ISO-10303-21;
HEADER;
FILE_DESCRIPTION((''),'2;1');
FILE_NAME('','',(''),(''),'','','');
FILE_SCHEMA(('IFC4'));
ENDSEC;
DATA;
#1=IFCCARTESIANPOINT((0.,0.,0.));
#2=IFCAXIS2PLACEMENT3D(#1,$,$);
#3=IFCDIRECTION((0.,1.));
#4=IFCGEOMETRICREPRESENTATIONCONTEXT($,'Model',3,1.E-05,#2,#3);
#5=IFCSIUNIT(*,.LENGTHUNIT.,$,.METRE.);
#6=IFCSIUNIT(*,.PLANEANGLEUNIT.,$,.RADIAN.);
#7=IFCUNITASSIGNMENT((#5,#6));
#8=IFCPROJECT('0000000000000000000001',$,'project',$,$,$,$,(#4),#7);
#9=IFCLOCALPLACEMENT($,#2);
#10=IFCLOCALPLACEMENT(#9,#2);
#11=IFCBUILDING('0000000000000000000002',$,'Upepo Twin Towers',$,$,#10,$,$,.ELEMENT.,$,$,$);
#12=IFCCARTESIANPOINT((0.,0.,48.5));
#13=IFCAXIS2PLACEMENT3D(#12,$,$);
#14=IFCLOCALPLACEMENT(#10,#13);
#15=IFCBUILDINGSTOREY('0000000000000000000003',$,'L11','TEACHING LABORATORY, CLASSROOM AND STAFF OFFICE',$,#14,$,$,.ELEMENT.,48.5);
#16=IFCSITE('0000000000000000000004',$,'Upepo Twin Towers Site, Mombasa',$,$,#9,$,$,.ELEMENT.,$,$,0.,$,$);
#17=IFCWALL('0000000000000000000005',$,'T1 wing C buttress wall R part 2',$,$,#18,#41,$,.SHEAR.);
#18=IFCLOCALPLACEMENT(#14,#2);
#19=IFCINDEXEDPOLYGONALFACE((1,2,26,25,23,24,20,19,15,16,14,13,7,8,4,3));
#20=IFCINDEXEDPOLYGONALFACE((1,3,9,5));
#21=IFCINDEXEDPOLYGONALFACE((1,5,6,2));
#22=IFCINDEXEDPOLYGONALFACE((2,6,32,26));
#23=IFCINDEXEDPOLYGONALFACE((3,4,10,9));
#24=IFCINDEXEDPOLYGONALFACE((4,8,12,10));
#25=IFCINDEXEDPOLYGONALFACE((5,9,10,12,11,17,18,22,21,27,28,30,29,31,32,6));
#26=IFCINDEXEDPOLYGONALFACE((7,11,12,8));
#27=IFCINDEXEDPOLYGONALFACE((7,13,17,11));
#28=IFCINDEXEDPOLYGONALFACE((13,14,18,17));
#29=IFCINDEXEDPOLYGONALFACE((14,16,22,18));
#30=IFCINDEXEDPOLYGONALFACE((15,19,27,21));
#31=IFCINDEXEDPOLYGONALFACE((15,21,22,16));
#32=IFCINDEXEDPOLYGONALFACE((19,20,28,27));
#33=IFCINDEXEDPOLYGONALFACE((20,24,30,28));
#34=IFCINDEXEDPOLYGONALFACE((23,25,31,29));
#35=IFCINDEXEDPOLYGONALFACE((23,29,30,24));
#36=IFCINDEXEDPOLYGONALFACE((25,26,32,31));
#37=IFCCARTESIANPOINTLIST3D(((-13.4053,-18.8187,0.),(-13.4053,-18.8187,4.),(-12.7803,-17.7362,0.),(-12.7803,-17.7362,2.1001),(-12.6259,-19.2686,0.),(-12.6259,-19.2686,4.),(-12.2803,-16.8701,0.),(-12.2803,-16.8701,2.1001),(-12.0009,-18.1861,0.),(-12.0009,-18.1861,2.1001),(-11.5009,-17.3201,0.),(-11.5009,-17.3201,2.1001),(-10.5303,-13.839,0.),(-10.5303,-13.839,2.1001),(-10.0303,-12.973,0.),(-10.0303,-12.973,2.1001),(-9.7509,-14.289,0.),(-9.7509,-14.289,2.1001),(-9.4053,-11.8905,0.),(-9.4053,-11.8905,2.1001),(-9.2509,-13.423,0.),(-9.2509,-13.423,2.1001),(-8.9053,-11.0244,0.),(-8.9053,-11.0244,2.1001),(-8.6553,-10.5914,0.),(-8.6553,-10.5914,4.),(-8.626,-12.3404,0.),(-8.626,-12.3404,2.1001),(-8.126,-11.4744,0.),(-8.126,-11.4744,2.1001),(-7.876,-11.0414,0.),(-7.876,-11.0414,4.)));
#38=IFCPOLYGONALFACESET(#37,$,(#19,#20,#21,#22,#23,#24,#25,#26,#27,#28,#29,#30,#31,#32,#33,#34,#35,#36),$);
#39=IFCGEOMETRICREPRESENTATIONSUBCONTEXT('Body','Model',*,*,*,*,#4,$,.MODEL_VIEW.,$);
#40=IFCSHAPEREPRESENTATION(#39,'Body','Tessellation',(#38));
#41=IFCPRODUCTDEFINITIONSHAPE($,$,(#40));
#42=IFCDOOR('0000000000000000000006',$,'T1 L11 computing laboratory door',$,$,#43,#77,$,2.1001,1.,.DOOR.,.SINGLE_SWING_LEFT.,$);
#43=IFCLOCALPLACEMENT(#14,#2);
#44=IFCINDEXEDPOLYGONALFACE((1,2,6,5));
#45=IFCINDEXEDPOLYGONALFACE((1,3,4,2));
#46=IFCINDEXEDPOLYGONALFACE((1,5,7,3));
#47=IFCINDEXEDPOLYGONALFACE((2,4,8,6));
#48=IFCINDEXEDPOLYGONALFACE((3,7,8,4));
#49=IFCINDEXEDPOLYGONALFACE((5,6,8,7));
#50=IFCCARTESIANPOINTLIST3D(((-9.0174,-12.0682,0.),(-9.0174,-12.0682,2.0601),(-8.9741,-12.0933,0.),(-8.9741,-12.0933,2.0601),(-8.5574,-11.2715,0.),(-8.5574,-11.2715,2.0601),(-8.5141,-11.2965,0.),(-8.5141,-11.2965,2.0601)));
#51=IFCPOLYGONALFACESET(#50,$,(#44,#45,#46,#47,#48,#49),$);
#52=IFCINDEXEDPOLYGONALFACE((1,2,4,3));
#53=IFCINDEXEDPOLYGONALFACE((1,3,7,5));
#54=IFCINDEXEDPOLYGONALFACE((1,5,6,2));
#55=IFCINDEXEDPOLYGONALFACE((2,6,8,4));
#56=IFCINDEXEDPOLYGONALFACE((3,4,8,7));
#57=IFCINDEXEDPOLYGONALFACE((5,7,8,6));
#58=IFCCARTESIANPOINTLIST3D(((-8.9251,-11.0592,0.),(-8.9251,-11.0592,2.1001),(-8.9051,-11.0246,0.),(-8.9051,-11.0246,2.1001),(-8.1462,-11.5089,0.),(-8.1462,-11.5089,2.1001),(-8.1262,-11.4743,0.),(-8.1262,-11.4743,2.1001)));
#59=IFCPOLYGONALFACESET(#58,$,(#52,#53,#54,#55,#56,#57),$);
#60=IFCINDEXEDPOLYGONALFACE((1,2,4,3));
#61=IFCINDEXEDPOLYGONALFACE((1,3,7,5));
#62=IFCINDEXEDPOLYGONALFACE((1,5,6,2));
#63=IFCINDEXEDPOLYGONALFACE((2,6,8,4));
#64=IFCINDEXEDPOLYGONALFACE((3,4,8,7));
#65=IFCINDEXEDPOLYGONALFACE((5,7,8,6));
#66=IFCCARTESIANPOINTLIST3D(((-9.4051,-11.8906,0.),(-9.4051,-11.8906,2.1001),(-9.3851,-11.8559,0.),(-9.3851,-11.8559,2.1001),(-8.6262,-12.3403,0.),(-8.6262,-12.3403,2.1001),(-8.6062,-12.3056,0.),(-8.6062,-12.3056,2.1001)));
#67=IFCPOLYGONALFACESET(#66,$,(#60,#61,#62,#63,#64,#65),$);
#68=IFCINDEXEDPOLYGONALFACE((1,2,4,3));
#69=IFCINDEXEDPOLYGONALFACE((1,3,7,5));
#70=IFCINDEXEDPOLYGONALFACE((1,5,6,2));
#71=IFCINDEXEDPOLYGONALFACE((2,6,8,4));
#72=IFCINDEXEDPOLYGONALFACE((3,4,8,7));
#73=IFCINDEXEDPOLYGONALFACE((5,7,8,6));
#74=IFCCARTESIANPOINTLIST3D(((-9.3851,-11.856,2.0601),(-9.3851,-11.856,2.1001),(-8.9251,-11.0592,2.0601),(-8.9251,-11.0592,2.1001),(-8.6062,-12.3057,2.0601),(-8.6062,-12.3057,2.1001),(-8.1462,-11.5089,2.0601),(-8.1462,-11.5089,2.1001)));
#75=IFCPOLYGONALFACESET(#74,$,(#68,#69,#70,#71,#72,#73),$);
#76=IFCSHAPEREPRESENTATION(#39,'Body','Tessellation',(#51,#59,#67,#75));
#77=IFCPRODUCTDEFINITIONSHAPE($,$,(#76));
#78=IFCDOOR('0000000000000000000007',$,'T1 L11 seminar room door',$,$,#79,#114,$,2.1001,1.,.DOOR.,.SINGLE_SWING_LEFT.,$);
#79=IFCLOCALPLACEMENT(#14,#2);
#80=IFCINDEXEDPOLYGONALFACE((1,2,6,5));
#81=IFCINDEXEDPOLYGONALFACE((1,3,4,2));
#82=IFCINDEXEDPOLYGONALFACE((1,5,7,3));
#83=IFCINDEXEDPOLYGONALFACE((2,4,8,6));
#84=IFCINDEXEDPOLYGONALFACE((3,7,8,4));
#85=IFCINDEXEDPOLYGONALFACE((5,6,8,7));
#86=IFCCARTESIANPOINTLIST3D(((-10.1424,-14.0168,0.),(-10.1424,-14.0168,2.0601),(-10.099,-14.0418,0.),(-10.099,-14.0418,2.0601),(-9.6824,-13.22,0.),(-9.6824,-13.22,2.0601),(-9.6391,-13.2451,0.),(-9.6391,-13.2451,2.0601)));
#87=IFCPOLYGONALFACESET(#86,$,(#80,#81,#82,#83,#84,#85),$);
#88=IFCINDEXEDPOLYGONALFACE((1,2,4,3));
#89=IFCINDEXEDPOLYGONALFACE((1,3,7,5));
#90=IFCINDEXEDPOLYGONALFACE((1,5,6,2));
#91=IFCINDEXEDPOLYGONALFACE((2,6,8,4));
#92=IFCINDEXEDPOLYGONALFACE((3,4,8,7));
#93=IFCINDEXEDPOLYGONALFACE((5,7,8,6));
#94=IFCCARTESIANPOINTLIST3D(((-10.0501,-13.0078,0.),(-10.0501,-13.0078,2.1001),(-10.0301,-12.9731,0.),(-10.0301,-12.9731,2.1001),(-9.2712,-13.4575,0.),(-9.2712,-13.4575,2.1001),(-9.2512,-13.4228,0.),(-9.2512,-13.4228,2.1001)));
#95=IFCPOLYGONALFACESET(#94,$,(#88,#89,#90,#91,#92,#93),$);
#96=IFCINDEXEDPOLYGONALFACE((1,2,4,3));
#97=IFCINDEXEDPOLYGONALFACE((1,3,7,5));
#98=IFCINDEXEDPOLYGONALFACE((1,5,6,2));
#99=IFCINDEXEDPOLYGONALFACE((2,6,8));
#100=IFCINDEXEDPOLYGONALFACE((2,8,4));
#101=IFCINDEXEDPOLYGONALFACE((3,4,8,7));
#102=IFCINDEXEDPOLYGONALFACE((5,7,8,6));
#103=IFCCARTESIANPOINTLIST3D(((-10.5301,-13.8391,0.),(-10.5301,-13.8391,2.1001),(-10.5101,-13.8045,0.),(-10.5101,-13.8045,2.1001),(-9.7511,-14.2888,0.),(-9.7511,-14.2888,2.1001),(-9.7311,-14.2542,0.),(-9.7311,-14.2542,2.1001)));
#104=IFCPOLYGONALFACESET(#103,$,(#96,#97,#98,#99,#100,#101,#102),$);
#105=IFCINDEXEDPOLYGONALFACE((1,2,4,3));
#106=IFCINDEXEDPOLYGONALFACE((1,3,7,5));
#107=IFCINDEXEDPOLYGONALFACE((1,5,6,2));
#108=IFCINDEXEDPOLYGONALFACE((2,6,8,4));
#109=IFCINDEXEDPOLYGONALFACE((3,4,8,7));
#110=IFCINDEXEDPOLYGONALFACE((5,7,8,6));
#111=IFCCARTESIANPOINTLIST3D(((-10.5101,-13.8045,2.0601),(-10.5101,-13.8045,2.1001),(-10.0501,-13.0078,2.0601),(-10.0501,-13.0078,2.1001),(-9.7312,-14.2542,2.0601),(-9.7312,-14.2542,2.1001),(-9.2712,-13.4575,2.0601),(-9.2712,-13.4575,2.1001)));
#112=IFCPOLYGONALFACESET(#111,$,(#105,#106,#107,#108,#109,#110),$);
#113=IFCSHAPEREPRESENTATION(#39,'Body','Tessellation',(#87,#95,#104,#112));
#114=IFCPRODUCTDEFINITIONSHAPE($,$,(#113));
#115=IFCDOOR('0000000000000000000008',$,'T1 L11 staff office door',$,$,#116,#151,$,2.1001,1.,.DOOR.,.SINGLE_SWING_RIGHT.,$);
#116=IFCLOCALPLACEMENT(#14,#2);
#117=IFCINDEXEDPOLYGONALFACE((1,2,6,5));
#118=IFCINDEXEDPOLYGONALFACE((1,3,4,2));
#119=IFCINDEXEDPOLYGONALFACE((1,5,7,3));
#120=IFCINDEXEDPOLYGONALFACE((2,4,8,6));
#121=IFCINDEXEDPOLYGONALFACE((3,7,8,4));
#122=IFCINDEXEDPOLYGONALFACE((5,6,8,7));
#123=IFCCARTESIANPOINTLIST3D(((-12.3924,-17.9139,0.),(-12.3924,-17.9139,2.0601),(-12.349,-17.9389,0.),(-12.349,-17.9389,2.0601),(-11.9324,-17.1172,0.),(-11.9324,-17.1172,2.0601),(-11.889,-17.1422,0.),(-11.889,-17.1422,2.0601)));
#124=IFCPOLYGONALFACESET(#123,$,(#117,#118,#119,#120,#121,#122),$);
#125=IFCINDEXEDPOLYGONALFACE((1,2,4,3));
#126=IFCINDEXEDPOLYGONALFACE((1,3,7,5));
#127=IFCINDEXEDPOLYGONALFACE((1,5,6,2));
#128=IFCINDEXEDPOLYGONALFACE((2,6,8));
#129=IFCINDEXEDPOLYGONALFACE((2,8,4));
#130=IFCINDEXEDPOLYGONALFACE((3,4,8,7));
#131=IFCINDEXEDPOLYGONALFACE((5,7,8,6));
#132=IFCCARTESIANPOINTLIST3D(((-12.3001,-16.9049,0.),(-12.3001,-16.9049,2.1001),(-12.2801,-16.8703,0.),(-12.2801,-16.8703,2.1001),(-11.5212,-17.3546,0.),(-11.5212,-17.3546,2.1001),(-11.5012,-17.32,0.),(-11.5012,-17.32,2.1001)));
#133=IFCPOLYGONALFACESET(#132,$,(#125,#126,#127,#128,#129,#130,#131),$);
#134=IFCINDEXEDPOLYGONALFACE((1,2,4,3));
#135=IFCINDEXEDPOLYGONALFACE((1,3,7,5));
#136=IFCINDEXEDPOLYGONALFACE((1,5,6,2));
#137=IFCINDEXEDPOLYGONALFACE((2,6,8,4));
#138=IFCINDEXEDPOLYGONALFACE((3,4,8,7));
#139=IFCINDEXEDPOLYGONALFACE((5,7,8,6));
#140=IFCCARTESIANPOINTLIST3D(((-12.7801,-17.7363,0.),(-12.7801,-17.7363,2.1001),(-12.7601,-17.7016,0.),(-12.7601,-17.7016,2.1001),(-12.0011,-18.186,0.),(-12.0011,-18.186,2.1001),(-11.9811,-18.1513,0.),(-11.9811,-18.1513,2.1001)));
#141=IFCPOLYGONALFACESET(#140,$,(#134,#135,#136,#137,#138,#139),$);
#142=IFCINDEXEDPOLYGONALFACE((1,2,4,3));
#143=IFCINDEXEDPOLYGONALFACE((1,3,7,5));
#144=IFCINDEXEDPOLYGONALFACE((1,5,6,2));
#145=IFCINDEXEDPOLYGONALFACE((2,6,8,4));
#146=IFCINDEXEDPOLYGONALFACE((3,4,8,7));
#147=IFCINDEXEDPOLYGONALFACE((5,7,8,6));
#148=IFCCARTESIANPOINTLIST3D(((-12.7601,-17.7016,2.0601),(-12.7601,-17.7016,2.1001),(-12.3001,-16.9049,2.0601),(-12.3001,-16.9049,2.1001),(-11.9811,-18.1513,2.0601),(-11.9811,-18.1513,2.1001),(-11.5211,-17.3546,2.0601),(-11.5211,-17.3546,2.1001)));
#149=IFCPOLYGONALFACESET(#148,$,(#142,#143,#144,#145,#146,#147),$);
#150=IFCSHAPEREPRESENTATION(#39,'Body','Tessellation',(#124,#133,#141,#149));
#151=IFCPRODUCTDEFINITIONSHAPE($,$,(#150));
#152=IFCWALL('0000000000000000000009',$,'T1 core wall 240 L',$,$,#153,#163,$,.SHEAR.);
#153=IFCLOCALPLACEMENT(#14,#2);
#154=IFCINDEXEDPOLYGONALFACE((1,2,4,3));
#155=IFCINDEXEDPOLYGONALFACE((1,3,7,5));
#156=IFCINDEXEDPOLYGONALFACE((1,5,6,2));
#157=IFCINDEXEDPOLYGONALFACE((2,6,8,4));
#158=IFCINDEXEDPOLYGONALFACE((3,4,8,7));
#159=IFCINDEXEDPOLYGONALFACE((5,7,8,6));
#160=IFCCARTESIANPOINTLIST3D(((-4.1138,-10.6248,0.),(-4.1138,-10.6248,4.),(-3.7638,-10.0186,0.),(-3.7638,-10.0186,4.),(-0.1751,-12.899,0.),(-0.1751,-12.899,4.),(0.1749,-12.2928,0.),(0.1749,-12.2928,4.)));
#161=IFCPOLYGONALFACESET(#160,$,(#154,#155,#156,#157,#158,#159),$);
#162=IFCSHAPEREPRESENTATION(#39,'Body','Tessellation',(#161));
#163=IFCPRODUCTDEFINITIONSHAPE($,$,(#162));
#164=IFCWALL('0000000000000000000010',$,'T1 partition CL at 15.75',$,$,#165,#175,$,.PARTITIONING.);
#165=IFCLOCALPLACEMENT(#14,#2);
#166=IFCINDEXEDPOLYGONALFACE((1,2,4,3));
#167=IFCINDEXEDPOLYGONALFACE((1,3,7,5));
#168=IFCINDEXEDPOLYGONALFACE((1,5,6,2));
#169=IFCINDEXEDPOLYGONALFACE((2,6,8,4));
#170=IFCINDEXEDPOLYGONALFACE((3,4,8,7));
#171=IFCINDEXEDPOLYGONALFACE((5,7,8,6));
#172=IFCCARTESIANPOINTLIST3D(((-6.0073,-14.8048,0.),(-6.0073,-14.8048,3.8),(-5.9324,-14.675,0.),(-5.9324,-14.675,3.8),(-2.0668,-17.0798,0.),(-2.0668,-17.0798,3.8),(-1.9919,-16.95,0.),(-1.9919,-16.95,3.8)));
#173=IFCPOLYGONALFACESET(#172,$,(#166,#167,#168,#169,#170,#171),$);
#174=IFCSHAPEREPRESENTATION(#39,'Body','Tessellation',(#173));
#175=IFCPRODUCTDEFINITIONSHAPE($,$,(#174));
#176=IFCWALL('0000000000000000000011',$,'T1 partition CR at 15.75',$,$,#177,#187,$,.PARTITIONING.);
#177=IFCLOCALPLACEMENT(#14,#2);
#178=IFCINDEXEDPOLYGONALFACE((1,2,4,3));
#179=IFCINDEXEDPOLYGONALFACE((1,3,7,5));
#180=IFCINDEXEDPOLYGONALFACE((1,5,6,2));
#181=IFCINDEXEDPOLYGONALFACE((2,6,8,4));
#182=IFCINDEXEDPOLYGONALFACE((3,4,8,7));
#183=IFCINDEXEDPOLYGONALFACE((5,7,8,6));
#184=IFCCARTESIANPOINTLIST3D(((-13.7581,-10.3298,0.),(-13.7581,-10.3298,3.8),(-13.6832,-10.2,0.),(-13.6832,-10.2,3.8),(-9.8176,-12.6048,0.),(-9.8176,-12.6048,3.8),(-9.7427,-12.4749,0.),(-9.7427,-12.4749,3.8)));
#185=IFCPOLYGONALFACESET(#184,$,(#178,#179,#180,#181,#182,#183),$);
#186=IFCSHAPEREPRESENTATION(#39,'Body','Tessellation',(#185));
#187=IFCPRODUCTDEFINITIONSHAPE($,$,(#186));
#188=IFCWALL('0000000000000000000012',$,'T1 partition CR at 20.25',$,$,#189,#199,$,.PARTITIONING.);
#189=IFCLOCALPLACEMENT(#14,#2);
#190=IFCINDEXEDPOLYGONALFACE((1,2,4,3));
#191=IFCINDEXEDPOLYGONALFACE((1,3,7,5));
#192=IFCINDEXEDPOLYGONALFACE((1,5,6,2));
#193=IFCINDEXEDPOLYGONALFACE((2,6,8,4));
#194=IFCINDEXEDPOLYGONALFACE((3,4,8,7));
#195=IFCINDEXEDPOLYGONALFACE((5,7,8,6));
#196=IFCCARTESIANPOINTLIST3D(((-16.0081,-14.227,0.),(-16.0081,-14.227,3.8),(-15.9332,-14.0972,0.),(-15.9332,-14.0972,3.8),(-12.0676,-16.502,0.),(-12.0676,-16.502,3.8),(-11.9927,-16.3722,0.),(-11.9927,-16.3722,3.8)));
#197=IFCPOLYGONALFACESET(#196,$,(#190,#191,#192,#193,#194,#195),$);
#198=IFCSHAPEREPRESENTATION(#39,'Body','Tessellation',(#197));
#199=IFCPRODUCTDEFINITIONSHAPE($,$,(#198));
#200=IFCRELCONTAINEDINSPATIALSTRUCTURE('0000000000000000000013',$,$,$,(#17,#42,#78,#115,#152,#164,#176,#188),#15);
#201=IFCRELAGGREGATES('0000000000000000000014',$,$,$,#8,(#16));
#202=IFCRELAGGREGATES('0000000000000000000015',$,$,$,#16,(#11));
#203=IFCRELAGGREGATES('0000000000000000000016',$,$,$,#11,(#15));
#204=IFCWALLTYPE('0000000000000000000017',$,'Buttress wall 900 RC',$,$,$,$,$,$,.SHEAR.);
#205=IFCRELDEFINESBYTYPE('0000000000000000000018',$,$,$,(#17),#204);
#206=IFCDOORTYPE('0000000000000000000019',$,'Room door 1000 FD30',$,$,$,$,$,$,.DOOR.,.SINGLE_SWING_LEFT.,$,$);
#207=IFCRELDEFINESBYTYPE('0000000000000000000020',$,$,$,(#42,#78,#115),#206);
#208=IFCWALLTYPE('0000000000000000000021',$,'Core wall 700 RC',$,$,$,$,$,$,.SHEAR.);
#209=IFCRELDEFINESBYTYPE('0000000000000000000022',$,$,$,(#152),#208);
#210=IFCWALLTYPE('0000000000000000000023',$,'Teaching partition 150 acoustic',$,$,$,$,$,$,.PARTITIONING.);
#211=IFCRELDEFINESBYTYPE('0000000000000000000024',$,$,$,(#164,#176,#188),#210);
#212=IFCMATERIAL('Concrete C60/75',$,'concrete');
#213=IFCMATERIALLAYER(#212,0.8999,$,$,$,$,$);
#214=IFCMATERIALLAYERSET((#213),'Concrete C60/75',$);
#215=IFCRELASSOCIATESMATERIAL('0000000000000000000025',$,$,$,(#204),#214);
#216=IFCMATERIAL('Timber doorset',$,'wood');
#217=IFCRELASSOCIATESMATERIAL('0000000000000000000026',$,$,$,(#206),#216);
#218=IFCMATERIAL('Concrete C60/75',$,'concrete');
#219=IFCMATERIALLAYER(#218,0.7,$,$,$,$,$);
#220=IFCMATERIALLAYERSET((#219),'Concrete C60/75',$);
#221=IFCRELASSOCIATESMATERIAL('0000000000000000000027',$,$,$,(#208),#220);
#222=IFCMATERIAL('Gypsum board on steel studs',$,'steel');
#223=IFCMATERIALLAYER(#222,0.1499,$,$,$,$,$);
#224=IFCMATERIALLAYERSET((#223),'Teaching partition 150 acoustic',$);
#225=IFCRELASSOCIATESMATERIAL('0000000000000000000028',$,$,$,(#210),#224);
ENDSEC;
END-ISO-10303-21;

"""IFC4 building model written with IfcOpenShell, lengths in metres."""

from ifc_helpers import new_model, si_unit, direction, frame, frame_2d, origin, place, context, subcontext, project, spatial, rectangle, extrude, material, layer, layer_set, type_object, element, fill, save


model = new_model("IFC4")

# Units and contexts
model_context = context("Model", 3, precision=1e-05, world=origin(), true_north=direction((0.0, 1.0)))
body_context = subcontext(model_context, "Body", "Model", "MODEL_VIEW")
ifc_project = project(units=[si_unit("LENGTHUNIT", "METRE"), si_unit("PLANEANGLEUNIT", "RADIAN")], contexts=[model_context])

# Site, building, storey
site_placement = place(None, origin())
site = spatial("IfcSite", under=ifc_project, at=site_placement, Name="Upepo Twin Towers Site, Mombasa", CompositionType="ELEMENT", RefElevation=0.0)
building_placement = place(site_placement, origin())
building = spatial("IfcBuilding", under=site, at=building_placement, Name="Upepo Twin Towers", CompositionType="ELEMENT")
storey_placement = place(building_placement, frame((0.0, 0.0, 48.5)))
storey = spatial("IfcBuildingStorey", under=building, at=storey_placement, Name="L11", Description="TEACHING LABORATORY, CLASSROOM AND STAFF OFFICE", CompositionType="ELEMENT", Elevation=48.5)

# Wall, openings, doors
ifc_material_1 = material(Name="Concrete C60/75", Category="concrete")
ifc_layer_1 = layer(ifc_material_1, 0.8999)
ifc_layer_set_1 = layer_set([ifc_layer_1], Name="Concrete C60/75")
wall_type_1 = type_object("IfcWallType", Name="Buttress wall 900 RC", PredefinedType="SHEAR", material=ifc_layer_set_1)
ifc_material_2 = material(Name="Timber doorset", Category="wood")
door_type = type_object("IfcDoorType", Name="Room door 1000 FD30", OperationType="SINGLE_SWING_LEFT", PredefinedType="DOOR", material=ifc_material_2)
wall_1_placement = place(storey_placement, frame((-8.2656, -10.8164, 0.0), z_axis=(0.0, 0.0, 1.0), x_axis=(-0.499998, -0.866027, 0.0)))
wall_1 = element("IfcWall", 1, at=wall_1_placement, inside=storey, type_object=wall_type_1, Name="T1 wing C buttress wall R part 2", PredefinedType="SHEAR", context=body_context, shape_type="SweptSolid", body=[
    extrude(rectangle(XDim=9.5, YDim=0.8999, at=frame_2d((4.75, 0.0))), origin(), (0.0, 0.0, 1.0), 4.0),
])
opening_1_placement = place(wall_1_placement, frame((0.5, 0.0, 0.0)))
opening_1 = element("IfcOpeningElement", 2, at=opening_1_placement, cuts=wall_1, PredefinedType="OPENING", context=body_context, shape_type="SweptSolid", body=[
    extrude(rectangle(XDim=1.0, YDim=2.1001, at=frame_2d((0.5, 1.05))), frame((0.0, 0.46, 0.0), z_axis=(0.0, -1.0, 0.0), x_axis=(1.0, 0.0, 0.0)), (0.0, 0.0, 1.0), 0.9199),
])
opening_2_placement = place(wall_1_placement, frame((2.75, 0.0, 0.0)))
opening_2 = element("IfcOpeningElement", 3, at=opening_2_placement, cuts=wall_1, PredefinedType="OPENING", context=body_context, shape_type="SweptSolid", body=[
    extrude(rectangle(XDim=1.0, YDim=2.1001, at=frame_2d((0.5, 1.05))), frame((0.0, 0.46, 0.0), z_axis=(0.0, -1.0, 0.0), x_axis=(1.0, 0.0, 0.0)), (0.0, 0.0, 1.0), 0.9199),
])
opening_3_placement = place(wall_1_placement, frame((7.25, 0.0, 0.0)))
opening_3 = element("IfcOpeningElement", 4, at=opening_3_placement, cuts=wall_1, PredefinedType="OPENING", context=body_context, shape_type="SweptSolid", body=[
    extrude(rectangle(XDim=1.0, YDim=2.1001, at=frame_2d((0.5, 1.05))), frame((0.0, 0.46, 0.0), z_axis=(0.0, -1.0, 0.0), x_axis=(1.0, 0.0, 0.0)), (0.0, 0.0, 1.0), 0.9199),
])
door_1_placement = place(opening_1_placement, origin())
door_1 = element("IfcDoor", 5, at=door_1_placement, inside=storey, type_object=door_type, Name="T1 L11 computing laboratory door", OperationType="SINGLE_SWING_LEFT", OverallHeight=2.1001, OverallWidth=1.0, PredefinedType="DOOR", context=body_context, shape_type="SweptSolid", body=[
    extrude(rectangle(XDim=0.92, YDim=2.0601, at=frame_2d((0.5, 1.03))), frame((0.0, 0.0249, 0.0), z_axis=(0.0, -1.0, 0.0), x_axis=(1.0, 0.0, 0.0)), (0.0, 0.0, 1.0), 0.05),
    extrude(rectangle(XDim=0.04, YDim=2.1001, at=frame_2d((0.02, 1.05))), frame((0.0, 0.4497, 0.0), z_axis=(0.0, -1.0, 0.0), x_axis=(1.0, 0.0, 0.0)), (0.0, 0.0, 1.0), 0.8994),
    extrude(rectangle(XDim=0.04, YDim=2.1001, at=frame_2d((0.98, 1.05))), frame((0.0, 0.4497, 0.0), z_axis=(0.0, -1.0, 0.0), x_axis=(1.0, 0.0, 0.0)), (0.0, 0.0, 1.0), 0.8994),
    extrude(rectangle(XDim=0.92, YDim=0.04, at=frame_2d((0.5, 2.0801))), frame((0.0, 0.4497, 0.0), z_axis=(0.0, -1.0, 0.0), x_axis=(1.0, 0.0, 0.0)), (0.0, 0.0, 1.0), 0.8994),
])
fill(opening_1, door_1)
door_2_placement = place(opening_2_placement, origin())
door_2 = element("IfcDoor", 6, at=door_2_placement, inside=storey, type_object=door_type, Name="T1 L11 seminar room door", OperationType="SINGLE_SWING_LEFT", OverallHeight=2.1001, OverallWidth=1.0, PredefinedType="DOOR", context=body_context, shape_type="SweptSolid", body=[
    extrude(rectangle(XDim=0.92, YDim=2.0601, at=frame_2d((0.5, 1.03))), frame((0.0, 0.0249, 0.0), z_axis=(0.0, -1.0, 0.0), x_axis=(1.0, 0.0, 0.0)), (0.0, 0.0, 1.0), 0.05),
    extrude(rectangle(XDim=0.04, YDim=2.1001, at=frame_2d((0.02, 1.05))), frame((0.0, 0.4497, 0.0), z_axis=(0.0, -1.0, 0.0), x_axis=(1.0, 0.0, 0.0)), (0.0, 0.0, 1.0), 0.8994),
    extrude(rectangle(XDim=0.04, YDim=2.1001, at=frame_2d((0.98, 1.05))), frame((0.0, 0.4497, 0.0), z_axis=(0.0, -1.0, 0.0), x_axis=(1.0, 0.0, 0.0)), (0.0, 0.0, 1.0), 0.8994),
    extrude(rectangle(XDim=0.92, YDim=0.04, at=frame_2d((0.5, 2.0801))), frame((0.0, 0.4497, 0.0), z_axis=(0.0, -1.0, 0.0), x_axis=(1.0, 0.0, 0.0)), (0.0, 0.0, 1.0), 0.8994),
])
fill(opening_2, door_2)
door_3_placement = place(opening_3_placement, origin())
door_3 = element("IfcDoor", 7, at=door_3_placement, inside=storey, type_object=door_type, Name="T1 L11 staff office door", OperationType="SINGLE_SWING_RIGHT", OverallHeight=2.1001, OverallWidth=1.0, PredefinedType="DOOR", context=body_context, shape_type="SweptSolid", body=[
    extrude(rectangle(XDim=0.92, YDim=2.0601, at=frame_2d((0.5, 1.03))), frame((0.0, 0.0249, 0.0), z_axis=(0.0, -1.0, 0.0), x_axis=(1.0, 0.0, 0.0)), (0.0, 0.0, 1.0), 0.05),
    extrude(rectangle(XDim=0.04, YDim=2.1001, at=frame_2d((0.02, 1.05))), frame((0.0, 0.4497, 0.0), z_axis=(0.0, -1.0, 0.0), x_axis=(1.0, 0.0, 0.0)), (0.0, 0.0, 1.0), 0.8994),
    extrude(rectangle(XDim=0.04, YDim=2.1001, at=frame_2d((0.98, 1.05))), frame((0.0, 0.4497, 0.0), z_axis=(0.0, -1.0, 0.0), x_axis=(1.0, 0.0, 0.0)), (0.0, 0.0, 1.0), 0.8994),
    extrude(rectangle(XDim=0.92, YDim=0.04, at=frame_2d((0.5, 2.0801))), frame((0.0, 0.4497, 0.0), z_axis=(0.0, -1.0, 0.0), x_axis=(1.0, 0.0, 0.0)), (0.0, 0.0, 1.0), 0.8994),
])
fill(opening_3, door_3)

# Walls
ifc_material_3 = material(Name="Concrete C60/75", Category="concrete")
ifc_layer_2 = layer(ifc_material_3, 0.7)
ifc_layer_set_2 = layer_set([ifc_layer_2], Name="Concrete C60/75")
wall_type_2 = type_object("IfcWallType", Name="Core wall 700 RC", PredefinedType="SHEAR", material=ifc_layer_set_2)
wall_2_placement = place(storey_placement, frame((-3.9387, -10.3218, 0.0), z_axis=(0.0, 0.0, 1.0), x_axis=(0.866011, -0.500024, 0.0)))
element("IfcWall", 8, at=wall_2_placement, inside=storey, type_object=wall_type_2, Name="T1 core wall 240 L", PredefinedType="SHEAR", context=body_context, shape_type="SweptSolid", body=[
    extrude(rectangle(XDim=4.5481, YDim=0.7, at=frame_2d((2.2739, 0.0))), origin(), (0.0, 0.0, 1.0), 4.0),
])
ifc_material_4 = material(Name="Gypsum board on steel studs", Category="steel")
ifc_layer_3 = layer(ifc_material_4, 0.1499)
ifc_layer_set_3 = layer_set([ifc_layer_3], Name="Teaching partition 150 acoustic")
wall_type_3 = type_object("IfcWallType", Name="Teaching partition 150 acoustic", PredefinedType="PARTITIONING", material=ifc_layer_set_3)
for number, where, z_axis, x_axis, name in (
    (9, (-5.9697, -14.74, 0.0), (0.0, 0.0, 1.0), (0.866035, -0.499983, 0.0), "T1 partition CL at 15.75"),
    (10, (-9.7803, -12.5398, 0.0), (0.0, 0.0, 1.0), (-0.866035, 0.499983, 0.0), "T1 partition CR at 15.75"),
    (11, (-12.0303, -16.437, 0.0), (0.0, 0.0, 1.0), (-0.866035, 0.499983, 0.0), "T1 partition CR at 20.25"),
):
    element("IfcWall", number, at=place(storey_placement, frame(where, z_axis=z_axis, x_axis=x_axis)), inside=storey, type_object=wall_type_3, Name=name, PredefinedType="PARTITIONING", context=body_context, shape_type="SweptSolid", body=[
        extrude(rectangle(XDim=4.55, YDim=0.1499, at=frame_2d((2.2749, 0.0))), origin(), (0.0, 0.0, 1.0), 3.8),
    ])

save(model, "model.ifc")
